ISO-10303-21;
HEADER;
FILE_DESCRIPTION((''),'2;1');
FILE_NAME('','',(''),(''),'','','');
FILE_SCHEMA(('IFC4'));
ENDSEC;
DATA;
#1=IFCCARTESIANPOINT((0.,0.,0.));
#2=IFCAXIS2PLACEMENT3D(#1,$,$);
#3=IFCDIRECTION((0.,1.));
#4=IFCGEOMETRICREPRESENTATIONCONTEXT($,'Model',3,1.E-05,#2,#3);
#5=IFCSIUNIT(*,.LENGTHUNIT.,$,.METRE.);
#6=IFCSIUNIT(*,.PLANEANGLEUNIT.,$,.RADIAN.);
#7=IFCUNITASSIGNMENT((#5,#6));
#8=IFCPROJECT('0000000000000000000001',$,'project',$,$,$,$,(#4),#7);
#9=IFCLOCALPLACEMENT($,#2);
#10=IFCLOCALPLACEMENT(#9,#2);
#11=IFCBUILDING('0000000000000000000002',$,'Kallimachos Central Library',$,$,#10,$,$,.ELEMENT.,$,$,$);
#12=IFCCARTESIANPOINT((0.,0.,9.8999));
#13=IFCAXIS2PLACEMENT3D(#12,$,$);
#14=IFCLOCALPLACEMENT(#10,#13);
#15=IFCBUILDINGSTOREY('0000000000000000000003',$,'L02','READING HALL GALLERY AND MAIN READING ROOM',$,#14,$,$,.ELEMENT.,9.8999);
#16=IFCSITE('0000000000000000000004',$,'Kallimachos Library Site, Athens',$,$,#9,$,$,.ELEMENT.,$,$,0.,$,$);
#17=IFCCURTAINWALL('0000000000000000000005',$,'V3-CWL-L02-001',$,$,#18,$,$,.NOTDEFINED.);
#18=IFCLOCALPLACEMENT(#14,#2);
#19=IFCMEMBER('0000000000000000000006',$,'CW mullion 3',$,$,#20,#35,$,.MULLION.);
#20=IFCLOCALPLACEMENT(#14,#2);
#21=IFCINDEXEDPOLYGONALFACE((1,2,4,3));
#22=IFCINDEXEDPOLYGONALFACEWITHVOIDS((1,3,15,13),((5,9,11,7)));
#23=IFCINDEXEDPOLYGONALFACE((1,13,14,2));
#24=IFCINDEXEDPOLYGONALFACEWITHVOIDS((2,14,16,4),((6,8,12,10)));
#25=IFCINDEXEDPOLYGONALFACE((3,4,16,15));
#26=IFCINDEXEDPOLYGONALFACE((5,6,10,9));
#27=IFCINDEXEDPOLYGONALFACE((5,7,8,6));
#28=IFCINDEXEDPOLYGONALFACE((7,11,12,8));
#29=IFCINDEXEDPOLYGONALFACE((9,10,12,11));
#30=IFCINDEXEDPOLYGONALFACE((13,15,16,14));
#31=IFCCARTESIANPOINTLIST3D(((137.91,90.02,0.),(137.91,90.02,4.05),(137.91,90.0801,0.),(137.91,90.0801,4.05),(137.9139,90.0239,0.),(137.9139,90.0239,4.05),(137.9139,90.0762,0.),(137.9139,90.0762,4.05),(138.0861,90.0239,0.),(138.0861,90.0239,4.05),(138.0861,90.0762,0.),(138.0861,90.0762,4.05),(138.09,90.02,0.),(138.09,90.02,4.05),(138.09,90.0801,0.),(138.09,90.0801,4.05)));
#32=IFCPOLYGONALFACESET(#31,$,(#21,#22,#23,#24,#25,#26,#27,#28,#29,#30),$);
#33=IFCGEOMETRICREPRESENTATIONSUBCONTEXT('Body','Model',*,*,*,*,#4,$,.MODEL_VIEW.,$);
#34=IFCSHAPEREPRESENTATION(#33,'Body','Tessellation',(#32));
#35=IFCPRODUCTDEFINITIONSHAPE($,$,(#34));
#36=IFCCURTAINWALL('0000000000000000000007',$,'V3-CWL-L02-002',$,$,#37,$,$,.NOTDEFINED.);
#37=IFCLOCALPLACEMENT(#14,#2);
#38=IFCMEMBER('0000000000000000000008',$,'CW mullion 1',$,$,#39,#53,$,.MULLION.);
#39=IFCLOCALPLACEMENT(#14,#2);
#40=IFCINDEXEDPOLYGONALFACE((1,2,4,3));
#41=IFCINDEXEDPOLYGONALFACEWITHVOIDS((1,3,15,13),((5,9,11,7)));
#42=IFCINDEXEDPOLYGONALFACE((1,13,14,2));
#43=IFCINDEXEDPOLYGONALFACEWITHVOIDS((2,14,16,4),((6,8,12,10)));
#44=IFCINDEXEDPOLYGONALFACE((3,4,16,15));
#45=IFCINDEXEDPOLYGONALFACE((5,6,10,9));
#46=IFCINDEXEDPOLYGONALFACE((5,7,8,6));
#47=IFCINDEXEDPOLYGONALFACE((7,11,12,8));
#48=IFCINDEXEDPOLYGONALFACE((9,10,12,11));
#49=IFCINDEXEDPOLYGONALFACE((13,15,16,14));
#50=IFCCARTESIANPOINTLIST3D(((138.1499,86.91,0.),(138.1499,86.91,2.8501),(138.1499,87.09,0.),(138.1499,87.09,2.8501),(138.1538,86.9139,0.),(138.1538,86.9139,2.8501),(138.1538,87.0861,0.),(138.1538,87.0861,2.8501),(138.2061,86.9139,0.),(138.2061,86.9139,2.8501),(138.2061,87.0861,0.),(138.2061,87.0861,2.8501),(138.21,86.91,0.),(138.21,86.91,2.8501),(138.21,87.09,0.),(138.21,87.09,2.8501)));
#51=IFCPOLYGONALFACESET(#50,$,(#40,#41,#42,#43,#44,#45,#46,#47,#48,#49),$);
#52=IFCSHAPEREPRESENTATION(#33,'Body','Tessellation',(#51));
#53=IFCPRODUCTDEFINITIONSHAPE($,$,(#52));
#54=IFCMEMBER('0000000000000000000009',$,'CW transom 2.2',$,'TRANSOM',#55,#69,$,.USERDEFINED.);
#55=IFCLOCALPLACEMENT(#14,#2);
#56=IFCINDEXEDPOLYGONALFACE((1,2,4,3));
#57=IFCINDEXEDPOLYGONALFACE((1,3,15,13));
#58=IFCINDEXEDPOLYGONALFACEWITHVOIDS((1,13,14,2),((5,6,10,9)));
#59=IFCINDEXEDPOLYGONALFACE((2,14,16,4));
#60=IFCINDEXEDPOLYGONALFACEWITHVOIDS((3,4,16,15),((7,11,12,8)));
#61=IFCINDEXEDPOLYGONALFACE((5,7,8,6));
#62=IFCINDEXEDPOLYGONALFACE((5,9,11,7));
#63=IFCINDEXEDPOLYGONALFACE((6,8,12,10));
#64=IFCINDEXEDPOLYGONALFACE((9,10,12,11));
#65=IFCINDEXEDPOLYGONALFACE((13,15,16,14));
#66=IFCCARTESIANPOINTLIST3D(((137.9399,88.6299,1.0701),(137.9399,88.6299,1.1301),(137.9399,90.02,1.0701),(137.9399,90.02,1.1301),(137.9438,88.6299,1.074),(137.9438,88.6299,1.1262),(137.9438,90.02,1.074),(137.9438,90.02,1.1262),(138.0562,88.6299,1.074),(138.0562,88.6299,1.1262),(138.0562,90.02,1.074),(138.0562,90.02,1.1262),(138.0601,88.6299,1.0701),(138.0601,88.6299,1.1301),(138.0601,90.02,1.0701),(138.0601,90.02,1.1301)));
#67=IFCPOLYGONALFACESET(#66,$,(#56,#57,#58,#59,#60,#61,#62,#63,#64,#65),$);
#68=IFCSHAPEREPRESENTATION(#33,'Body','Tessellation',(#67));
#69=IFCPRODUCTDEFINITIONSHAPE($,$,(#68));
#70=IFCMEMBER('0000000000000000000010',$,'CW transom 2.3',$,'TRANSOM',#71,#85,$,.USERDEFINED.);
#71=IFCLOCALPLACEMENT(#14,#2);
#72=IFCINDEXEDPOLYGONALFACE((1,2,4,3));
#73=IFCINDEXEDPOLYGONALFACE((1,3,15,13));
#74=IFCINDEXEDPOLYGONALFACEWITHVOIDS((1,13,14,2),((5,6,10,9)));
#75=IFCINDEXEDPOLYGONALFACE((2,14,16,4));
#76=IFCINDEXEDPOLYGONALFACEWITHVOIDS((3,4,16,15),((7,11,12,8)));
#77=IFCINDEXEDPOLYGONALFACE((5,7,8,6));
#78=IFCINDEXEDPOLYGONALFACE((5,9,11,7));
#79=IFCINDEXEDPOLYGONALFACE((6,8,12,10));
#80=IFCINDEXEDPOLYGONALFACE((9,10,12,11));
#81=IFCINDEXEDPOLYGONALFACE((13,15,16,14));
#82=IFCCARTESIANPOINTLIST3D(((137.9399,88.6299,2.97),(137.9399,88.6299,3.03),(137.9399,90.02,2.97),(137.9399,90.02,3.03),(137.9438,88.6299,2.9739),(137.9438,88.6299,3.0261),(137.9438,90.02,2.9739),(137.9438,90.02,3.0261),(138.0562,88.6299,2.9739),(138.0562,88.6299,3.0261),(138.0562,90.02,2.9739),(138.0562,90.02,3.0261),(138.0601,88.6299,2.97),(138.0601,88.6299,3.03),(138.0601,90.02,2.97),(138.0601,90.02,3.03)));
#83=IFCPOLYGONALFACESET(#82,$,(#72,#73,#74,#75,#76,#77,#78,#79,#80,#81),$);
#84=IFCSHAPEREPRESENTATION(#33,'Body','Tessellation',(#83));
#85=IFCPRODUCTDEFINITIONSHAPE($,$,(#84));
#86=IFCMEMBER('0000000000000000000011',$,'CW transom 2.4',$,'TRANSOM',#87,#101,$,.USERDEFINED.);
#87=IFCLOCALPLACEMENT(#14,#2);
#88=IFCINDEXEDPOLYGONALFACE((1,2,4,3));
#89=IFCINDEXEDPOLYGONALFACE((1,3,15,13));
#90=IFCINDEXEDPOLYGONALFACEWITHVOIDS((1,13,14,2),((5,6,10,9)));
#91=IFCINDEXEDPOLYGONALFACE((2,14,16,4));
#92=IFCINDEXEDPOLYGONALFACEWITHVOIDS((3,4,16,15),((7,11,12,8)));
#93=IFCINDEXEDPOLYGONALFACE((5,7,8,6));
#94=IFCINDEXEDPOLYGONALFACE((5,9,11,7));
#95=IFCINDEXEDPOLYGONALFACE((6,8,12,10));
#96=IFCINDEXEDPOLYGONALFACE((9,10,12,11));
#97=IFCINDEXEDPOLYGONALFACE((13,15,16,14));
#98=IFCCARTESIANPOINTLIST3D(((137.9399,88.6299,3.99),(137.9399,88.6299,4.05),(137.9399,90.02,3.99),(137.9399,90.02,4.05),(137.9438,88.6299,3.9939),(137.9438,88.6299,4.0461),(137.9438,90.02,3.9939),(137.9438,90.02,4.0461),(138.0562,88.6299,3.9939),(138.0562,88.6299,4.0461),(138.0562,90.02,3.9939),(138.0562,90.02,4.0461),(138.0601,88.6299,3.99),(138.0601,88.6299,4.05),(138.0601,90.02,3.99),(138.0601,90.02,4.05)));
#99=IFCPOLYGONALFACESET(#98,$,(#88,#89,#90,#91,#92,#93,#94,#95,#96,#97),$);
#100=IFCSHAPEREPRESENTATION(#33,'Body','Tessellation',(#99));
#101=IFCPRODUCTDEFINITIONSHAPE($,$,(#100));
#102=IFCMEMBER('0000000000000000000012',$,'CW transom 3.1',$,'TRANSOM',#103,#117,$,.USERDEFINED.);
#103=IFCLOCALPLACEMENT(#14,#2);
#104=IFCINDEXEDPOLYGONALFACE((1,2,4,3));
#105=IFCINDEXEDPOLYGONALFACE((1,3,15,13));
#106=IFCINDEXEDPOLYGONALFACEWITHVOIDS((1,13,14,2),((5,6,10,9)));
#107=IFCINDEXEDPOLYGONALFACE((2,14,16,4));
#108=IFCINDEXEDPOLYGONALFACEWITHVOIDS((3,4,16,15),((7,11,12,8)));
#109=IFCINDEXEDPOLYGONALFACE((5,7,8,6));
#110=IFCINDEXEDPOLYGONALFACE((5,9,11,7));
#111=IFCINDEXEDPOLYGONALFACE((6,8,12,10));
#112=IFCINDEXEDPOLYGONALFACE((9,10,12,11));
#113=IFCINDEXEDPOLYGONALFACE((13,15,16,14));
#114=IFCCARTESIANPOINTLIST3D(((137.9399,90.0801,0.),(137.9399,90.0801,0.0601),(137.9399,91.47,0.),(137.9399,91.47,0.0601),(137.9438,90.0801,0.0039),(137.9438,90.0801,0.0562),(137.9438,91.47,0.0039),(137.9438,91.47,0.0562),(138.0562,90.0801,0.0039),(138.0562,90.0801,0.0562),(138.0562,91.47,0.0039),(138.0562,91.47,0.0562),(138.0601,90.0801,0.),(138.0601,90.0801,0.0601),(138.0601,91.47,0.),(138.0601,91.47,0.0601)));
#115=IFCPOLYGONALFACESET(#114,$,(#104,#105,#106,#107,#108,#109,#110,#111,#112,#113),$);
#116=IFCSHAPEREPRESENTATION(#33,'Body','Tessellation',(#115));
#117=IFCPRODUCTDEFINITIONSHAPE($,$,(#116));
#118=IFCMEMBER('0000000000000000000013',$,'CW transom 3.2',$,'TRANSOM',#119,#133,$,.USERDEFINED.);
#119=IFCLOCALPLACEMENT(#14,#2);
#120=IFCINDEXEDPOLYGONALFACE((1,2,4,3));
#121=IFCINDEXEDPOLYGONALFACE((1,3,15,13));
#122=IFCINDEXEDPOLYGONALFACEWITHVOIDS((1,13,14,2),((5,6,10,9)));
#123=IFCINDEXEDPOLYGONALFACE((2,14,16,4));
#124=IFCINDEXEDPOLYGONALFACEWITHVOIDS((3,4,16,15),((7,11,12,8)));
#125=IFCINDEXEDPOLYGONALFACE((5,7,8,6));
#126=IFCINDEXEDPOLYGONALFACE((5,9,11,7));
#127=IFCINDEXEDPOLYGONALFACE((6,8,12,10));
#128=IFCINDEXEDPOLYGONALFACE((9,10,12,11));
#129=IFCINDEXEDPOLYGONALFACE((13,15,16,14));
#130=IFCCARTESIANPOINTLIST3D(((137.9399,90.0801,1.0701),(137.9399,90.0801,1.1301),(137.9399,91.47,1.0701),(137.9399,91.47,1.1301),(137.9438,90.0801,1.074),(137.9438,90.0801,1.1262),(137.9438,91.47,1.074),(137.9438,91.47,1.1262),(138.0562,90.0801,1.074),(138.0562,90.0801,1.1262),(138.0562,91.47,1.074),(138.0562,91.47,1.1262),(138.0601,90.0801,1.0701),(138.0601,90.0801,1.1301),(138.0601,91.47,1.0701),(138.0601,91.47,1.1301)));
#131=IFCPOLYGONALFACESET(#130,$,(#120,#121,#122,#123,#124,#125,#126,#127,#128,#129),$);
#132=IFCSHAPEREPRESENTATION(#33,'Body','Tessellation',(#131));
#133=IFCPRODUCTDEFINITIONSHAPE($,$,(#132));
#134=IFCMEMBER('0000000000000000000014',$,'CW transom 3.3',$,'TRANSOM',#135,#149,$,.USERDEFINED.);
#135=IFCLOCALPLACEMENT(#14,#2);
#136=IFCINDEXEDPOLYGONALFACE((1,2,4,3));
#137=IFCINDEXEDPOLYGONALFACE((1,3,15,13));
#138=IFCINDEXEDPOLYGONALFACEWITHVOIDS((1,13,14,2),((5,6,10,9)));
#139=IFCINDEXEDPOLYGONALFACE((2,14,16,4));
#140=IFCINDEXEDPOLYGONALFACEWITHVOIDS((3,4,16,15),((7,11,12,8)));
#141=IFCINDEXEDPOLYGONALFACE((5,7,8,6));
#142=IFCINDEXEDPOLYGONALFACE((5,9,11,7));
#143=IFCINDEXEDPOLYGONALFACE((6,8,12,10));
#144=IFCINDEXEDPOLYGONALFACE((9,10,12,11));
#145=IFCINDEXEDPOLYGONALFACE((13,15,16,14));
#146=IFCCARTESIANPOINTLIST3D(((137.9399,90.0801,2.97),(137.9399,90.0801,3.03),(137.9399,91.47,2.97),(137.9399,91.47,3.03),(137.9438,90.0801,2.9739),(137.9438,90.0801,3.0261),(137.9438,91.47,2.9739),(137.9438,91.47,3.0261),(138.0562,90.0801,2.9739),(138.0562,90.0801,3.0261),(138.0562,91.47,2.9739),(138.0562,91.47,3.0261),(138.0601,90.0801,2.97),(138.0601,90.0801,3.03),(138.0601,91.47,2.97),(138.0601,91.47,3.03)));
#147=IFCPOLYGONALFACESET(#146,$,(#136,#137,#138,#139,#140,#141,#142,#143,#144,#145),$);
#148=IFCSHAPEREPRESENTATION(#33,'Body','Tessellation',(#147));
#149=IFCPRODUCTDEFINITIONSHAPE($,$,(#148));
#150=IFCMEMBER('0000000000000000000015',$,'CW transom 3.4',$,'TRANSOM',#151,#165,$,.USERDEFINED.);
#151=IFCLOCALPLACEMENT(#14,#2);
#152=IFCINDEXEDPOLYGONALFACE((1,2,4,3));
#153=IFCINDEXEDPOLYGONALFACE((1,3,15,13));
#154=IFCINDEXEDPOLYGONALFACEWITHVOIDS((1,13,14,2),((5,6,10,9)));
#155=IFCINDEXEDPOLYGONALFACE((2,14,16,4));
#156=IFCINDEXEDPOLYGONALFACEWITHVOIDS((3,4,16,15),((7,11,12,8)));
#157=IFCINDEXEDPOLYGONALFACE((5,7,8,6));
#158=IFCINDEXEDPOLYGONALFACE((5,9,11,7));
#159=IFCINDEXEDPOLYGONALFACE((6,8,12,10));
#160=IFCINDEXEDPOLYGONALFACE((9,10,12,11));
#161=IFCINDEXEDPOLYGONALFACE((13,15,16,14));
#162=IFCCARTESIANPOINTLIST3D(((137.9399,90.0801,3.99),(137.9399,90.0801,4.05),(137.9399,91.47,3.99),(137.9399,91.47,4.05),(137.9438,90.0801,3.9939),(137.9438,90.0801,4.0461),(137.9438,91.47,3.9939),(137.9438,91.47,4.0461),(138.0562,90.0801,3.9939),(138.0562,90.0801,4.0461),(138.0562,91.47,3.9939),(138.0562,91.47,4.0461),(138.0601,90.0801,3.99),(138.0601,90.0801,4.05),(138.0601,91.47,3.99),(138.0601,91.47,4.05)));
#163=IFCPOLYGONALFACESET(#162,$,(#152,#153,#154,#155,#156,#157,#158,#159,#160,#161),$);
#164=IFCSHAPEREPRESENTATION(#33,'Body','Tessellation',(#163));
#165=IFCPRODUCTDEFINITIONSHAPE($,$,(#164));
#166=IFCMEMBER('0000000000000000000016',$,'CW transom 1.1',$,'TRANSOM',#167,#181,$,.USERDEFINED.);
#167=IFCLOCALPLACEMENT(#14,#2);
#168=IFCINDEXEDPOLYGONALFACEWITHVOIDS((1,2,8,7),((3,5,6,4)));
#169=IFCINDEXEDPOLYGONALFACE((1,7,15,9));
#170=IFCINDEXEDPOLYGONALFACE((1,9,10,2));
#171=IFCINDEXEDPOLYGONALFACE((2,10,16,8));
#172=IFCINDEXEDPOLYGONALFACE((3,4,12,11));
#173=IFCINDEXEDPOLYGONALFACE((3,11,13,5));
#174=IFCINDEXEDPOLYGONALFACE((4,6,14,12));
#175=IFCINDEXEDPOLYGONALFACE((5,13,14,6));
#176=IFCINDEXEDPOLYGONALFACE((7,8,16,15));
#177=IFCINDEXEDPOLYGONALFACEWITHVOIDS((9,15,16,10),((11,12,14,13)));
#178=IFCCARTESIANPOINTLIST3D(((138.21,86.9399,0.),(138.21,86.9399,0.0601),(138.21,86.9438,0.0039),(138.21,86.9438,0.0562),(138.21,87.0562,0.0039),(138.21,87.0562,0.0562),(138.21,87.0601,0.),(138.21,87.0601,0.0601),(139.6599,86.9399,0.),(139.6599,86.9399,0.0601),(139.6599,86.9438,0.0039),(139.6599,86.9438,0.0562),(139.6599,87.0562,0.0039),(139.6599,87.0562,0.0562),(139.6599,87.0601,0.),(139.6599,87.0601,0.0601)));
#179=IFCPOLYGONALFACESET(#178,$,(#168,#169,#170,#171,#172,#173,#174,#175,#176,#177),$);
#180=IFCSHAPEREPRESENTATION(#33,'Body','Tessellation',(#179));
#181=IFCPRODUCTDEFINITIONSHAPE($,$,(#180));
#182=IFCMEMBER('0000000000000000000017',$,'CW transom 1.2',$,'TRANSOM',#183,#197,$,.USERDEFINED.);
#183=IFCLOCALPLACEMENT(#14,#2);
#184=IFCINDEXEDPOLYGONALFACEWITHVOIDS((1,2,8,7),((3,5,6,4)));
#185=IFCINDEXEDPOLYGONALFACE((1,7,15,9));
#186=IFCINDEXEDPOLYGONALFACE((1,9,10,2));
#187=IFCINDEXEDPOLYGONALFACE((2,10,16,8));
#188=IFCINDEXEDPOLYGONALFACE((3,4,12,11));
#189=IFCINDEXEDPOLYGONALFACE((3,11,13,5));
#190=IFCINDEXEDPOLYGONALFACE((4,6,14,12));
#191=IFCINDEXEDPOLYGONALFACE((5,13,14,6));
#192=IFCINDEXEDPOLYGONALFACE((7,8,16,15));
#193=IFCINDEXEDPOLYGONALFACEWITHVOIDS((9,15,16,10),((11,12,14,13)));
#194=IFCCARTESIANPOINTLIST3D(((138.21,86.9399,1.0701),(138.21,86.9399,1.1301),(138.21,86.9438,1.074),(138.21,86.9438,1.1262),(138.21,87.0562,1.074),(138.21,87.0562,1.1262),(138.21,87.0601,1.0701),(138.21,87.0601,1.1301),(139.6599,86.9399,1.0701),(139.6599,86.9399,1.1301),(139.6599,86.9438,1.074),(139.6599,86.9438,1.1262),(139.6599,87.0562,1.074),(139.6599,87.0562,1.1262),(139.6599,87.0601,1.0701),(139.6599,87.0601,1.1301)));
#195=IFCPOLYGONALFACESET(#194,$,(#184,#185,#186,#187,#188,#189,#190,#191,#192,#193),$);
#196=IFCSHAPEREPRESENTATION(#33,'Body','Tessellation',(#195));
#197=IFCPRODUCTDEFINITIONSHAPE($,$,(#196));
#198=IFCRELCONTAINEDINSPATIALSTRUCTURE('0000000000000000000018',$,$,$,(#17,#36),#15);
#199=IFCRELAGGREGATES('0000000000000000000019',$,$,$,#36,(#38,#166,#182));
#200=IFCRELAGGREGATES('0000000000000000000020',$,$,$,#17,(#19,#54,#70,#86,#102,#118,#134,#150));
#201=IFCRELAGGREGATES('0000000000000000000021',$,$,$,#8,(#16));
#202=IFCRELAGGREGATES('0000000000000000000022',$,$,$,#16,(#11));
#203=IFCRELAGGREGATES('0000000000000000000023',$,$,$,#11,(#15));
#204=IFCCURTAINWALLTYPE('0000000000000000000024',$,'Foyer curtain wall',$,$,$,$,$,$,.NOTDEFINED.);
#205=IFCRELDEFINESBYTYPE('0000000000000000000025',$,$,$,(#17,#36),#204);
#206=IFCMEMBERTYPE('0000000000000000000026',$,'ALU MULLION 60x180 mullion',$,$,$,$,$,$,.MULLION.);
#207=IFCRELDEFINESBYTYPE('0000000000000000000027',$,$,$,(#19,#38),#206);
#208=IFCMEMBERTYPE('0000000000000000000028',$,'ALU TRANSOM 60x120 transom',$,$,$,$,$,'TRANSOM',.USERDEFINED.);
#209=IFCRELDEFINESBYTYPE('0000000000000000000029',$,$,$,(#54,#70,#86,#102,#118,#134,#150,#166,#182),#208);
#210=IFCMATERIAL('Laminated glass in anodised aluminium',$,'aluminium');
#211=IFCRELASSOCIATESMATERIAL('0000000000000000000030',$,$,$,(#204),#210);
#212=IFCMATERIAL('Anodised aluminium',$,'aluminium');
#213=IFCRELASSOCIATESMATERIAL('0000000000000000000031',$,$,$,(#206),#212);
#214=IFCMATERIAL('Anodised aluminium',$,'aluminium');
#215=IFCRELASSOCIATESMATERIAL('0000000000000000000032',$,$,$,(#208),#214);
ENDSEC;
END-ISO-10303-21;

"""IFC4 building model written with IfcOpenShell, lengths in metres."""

from ifc_helpers import new_model, si_unit, direction, frame, origin, origin_2d, place, context, subcontext, project, spatial, hollow_rectangle, extrude, material, material_profile, profile_set, type_object, element, aggregate, save


model = new_model("IFC4")

# Units and contexts
model_context = context("Model", 3, precision=1e-05, world=origin(), true_north=direction((0.0, 1.0)))
body_context = subcontext(model_context, "Body", "Model", "MODEL_VIEW")
ifc_project = project(units=[si_unit("LENGTHUNIT", "METRE"), si_unit("PLANEANGLEUNIT", "RADIAN")], contexts=[model_context])

# Site, building, storey
site_placement = place(None, origin())
site = spatial("IfcSite", under=ifc_project, at=site_placement, Name="Kallimachos Library Site, Athens", CompositionType="ELEMENT", RefElevation=0.0)
building_placement = place(site_placement, origin())
building = spatial("IfcBuilding", under=site, at=building_placement, Name="Kallimachos Central Library", CompositionType="ELEMENT")
storey_placement = place(building_placement, frame((0.0, 0.0, 9.8999)))
storey = spatial("IfcBuildingStorey", under=building, at=storey_placement, Name="L02", Description="READING HALL GALLERY AND MAIN READING ROOM", CompositionType="ELEMENT", Elevation=9.8999)

# Curtain walls, members
ifc_material_1 = material(Name="Laminated glass in anodised aluminium", Category="aluminium")
curtain_wall_type = type_object("IfcCurtainWallType", Name="Foyer curtain wall", PredefinedType="NOTDEFINED", material=ifc_material_1)
curtain_wall_1_placement = place(storey_placement, origin())
curtain_wall_1 = element("IfcCurtainWall", 1, at=curtain_wall_1_placement, inside=storey, type_object=curtain_wall_type, Name="V3-CWL-L02-001", PredefinedType="NOTDEFINED")
ifc_material_2 = material(Name="Anodised aluminium", Category="aluminium")
ifc_material_profile_1 = material_profile(ifc_material_2, hollow_rectangle(XDim=0.0601, YDim=0.1799, WallThickness=0.0039, at=origin_2d()), Name="ALU MULLION 60x180")
ifc_profile_set_1 = profile_set([ifc_material_profile_1], Name="Anodised aluminium")
member_type_1 = type_object("IfcMemberType", Name="ALU MULLION 60x180 mullion", PredefinedType="MULLION", material=ifc_profile_set_1)
member_1_placement = place(storey_placement, frame((138.0, 90.05, 0.0), z_axis=(0.0, 0.0, 1.0), x_axis=(0.0, 1.0, 0.0)))
member_1 = element("IfcMember", 2, at=member_1_placement, type_object=member_type_1, Name="CW mullion 3", PredefinedType="MULLION", context=body_context, shape_type="SweptSolid", body=[
    extrude(hollow_rectangle(XDim=0.0601, YDim=0.1799, WallThickness=0.0039, at=origin_2d()), origin(), (0.0, 0.0, 1.0), 4.05),
])
curtain_wall_2_placement = place(storey_placement, origin())
curtain_wall_2 = element("IfcCurtainWall", 3, at=curtain_wall_2_placement, inside=storey, type_object=curtain_wall_type, Name="V3-CWL-L02-002", PredefinedType="NOTDEFINED")
member_2_placement = place(storey_placement, frame((138.1799, 87.0, 0.0), z_axis=(0.0, 0.0, 1.0), x_axis=(1.0, 0.0, 0.0)))
member_2 = element("IfcMember", 4, at=member_2_placement, type_object=member_type_1, Name="CW mullion 1", PredefinedType="MULLION", context=body_context, shape_type="SweptSolid", body=[
    extrude(hollow_rectangle(XDim=0.0601, YDim=0.1799, WallThickness=0.0039, at=origin_2d()), origin(), (0.0, 0.0, 1.0), 2.8501),
])

# Members
ifc_material_3 = material(Name="Anodised aluminium", Category="aluminium")
ifc_material_profile_2 = material_profile(ifc_material_3, hollow_rectangle(XDim=0.0601, YDim=0.1201, WallThickness=0.0039, at=origin_2d()), Name="ALU TRANSOM 60x120")
ifc_profile_set_2 = profile_set([ifc_material_profile_2], Name="Anodised aluminium")
member_type_2 = type_object("IfcMemberType", Name="ALU TRANSOM 60x120 transom", ElementType="TRANSOM", PredefinedType="USERDEFINED", material=ifc_profile_set_2)
member_3_placement = place(storey_placement, frame((138.0, 88.6299, 1.1001), z_axis=(0.0, 1.0, 0.0), x_axis=(0.0, 0.0, 1.0)))
member_3 = element("IfcMember", 5, at=member_3_placement, type_object=member_type_2, Name="CW transom 2.2", ObjectType="TRANSOM", PredefinedType="USERDEFINED", context=body_context, shape_type="SweptSolid", body=[
    extrude(hollow_rectangle(XDim=0.0601, YDim=0.1201, WallThickness=0.0039, at=origin_2d()), origin(), (0.0, 0.0, 1.0), 1.3901),
])
member_4_placement = place(storey_placement, frame((138.0, 88.6299, 3.0), z_axis=(0.0, 1.0, 0.0), x_axis=(0.0, 0.0, 1.0)))
member_4 = element("IfcMember", 6, at=member_4_placement, type_object=member_type_2, Name="CW transom 2.3", ObjectType="TRANSOM", PredefinedType="USERDEFINED", context=body_context, shape_type="SweptSolid", body=[
    extrude(hollow_rectangle(XDim=0.0601, YDim=0.1201, WallThickness=0.0039, at=origin_2d()), origin(), (0.0, 0.0, 1.0), 1.3901),
])
member_5_placement = place(storey_placement, frame((138.0, 88.6299, 4.02), z_axis=(0.0, 1.0, 0.0), x_axis=(0.0, 0.0, 1.0)))
member_5 = element("IfcMember", 7, at=member_5_placement, type_object=member_type_2, Name="CW transom 2.4", ObjectType="TRANSOM", PredefinedType="USERDEFINED", context=body_context, shape_type="SweptSolid", body=[
    extrude(hollow_rectangle(XDim=0.0601, YDim=0.1201, WallThickness=0.0039, at=origin_2d()), origin(), (0.0, 0.0, 1.0), 1.3901),
])
member_6_placement = place(storey_placement, frame((138.0, 90.0801, 0.03), z_axis=(0.0, 1.0, 0.0), x_axis=(0.0, 0.0, 1.0)))
member_6 = element("IfcMember", 8, at=member_6_placement, type_object=member_type_2, Name="CW transom 3.1", ObjectType="TRANSOM", PredefinedType="USERDEFINED", context=body_context, shape_type="SweptSolid", body=[
    extrude(hollow_rectangle(XDim=0.0601, YDim=0.1201, WallThickness=0.0039, at=origin_2d()), origin(), (0.0, 0.0, 1.0), 1.3899),
])
member_7_placement = place(storey_placement, frame((138.0, 90.0801, 1.1001), z_axis=(0.0, 1.0, 0.0), x_axis=(0.0, 0.0, 1.0)))
member_7 = element("IfcMember", 9, at=member_7_placement, type_object=member_type_2, Name="CW transom 3.2", ObjectType="TRANSOM", PredefinedType="USERDEFINED", context=body_context, shape_type="SweptSolid", body=[
    extrude(hollow_rectangle(XDim=0.0601, YDim=0.1201, WallThickness=0.0039, at=origin_2d()), origin(), (0.0, 0.0, 1.0), 1.3899),
])
member_8_placement = place(storey_placement, frame((138.0, 90.0801, 3.0), z_axis=(0.0, 1.0, 0.0), x_axis=(0.0, 0.0, 1.0)))
member_8 = element("IfcMember", 10, at=member_8_placement, type_object=member_type_2, Name="CW transom 3.3", ObjectType="TRANSOM", PredefinedType="USERDEFINED", context=body_context, shape_type="SweptSolid", body=[
    extrude(hollow_rectangle(XDim=0.0601, YDim=0.1201, WallThickness=0.0039, at=origin_2d()), origin(), (0.0, 0.0, 1.0), 1.3899),
])
member_9_placement = place(storey_placement, frame((138.0, 90.0801, 4.02), z_axis=(0.0, 1.0, 0.0), x_axis=(0.0, 0.0, 1.0)))
member_9 = element("IfcMember", 11, at=member_9_placement, type_object=member_type_2, Name="CW transom 3.4", ObjectType="TRANSOM", PredefinedType="USERDEFINED", context=body_context, shape_type="SweptSolid", body=[
    extrude(hollow_rectangle(XDim=0.0601, YDim=0.1201, WallThickness=0.0039, at=origin_2d()), origin(), (0.0, 0.0, 1.0), 1.3899),
])
member_10_placement = place(storey_placement, frame((138.21, 87.0, 0.03), z_axis=(1.0, 0.0, 0.0), x_axis=(0.0, 0.0, 1.0)))
member_10 = element("IfcMember", 12, at=member_10_placement, type_object=member_type_2, Name="CW transom 1.1", ObjectType="TRANSOM", PredefinedType="USERDEFINED", context=body_context, shape_type="SweptSolid", body=[
    extrude(hollow_rectangle(XDim=0.0601, YDim=0.1201, WallThickness=0.0039, at=origin_2d()), origin(), (0.0, 0.0, 1.0), 1.45),
])
member_11_placement = place(storey_placement, frame((138.21, 87.0, 1.1001), z_axis=(1.0, 0.0, 0.0), x_axis=(0.0, 0.0, 1.0)))
member_11 = element("IfcMember", 13, at=member_11_placement, type_object=member_type_2, Name="CW transom 1.2", ObjectType="TRANSOM", PredefinedType="USERDEFINED", context=body_context, shape_type="SweptSolid", body=[
    extrude(hollow_rectangle(XDim=0.0601, YDim=0.1201, WallThickness=0.0039, at=origin_2d()), origin(), (0.0, 0.0, 1.0), 1.45),
])
aggregate(curtain_wall_2, [member_2, member_10, member_11])

aggregate(curtain_wall_1, [member_1, member_3, member_4, member_5, member_6, member_7, member_8, member_9])

save(model, "model.ifc")
